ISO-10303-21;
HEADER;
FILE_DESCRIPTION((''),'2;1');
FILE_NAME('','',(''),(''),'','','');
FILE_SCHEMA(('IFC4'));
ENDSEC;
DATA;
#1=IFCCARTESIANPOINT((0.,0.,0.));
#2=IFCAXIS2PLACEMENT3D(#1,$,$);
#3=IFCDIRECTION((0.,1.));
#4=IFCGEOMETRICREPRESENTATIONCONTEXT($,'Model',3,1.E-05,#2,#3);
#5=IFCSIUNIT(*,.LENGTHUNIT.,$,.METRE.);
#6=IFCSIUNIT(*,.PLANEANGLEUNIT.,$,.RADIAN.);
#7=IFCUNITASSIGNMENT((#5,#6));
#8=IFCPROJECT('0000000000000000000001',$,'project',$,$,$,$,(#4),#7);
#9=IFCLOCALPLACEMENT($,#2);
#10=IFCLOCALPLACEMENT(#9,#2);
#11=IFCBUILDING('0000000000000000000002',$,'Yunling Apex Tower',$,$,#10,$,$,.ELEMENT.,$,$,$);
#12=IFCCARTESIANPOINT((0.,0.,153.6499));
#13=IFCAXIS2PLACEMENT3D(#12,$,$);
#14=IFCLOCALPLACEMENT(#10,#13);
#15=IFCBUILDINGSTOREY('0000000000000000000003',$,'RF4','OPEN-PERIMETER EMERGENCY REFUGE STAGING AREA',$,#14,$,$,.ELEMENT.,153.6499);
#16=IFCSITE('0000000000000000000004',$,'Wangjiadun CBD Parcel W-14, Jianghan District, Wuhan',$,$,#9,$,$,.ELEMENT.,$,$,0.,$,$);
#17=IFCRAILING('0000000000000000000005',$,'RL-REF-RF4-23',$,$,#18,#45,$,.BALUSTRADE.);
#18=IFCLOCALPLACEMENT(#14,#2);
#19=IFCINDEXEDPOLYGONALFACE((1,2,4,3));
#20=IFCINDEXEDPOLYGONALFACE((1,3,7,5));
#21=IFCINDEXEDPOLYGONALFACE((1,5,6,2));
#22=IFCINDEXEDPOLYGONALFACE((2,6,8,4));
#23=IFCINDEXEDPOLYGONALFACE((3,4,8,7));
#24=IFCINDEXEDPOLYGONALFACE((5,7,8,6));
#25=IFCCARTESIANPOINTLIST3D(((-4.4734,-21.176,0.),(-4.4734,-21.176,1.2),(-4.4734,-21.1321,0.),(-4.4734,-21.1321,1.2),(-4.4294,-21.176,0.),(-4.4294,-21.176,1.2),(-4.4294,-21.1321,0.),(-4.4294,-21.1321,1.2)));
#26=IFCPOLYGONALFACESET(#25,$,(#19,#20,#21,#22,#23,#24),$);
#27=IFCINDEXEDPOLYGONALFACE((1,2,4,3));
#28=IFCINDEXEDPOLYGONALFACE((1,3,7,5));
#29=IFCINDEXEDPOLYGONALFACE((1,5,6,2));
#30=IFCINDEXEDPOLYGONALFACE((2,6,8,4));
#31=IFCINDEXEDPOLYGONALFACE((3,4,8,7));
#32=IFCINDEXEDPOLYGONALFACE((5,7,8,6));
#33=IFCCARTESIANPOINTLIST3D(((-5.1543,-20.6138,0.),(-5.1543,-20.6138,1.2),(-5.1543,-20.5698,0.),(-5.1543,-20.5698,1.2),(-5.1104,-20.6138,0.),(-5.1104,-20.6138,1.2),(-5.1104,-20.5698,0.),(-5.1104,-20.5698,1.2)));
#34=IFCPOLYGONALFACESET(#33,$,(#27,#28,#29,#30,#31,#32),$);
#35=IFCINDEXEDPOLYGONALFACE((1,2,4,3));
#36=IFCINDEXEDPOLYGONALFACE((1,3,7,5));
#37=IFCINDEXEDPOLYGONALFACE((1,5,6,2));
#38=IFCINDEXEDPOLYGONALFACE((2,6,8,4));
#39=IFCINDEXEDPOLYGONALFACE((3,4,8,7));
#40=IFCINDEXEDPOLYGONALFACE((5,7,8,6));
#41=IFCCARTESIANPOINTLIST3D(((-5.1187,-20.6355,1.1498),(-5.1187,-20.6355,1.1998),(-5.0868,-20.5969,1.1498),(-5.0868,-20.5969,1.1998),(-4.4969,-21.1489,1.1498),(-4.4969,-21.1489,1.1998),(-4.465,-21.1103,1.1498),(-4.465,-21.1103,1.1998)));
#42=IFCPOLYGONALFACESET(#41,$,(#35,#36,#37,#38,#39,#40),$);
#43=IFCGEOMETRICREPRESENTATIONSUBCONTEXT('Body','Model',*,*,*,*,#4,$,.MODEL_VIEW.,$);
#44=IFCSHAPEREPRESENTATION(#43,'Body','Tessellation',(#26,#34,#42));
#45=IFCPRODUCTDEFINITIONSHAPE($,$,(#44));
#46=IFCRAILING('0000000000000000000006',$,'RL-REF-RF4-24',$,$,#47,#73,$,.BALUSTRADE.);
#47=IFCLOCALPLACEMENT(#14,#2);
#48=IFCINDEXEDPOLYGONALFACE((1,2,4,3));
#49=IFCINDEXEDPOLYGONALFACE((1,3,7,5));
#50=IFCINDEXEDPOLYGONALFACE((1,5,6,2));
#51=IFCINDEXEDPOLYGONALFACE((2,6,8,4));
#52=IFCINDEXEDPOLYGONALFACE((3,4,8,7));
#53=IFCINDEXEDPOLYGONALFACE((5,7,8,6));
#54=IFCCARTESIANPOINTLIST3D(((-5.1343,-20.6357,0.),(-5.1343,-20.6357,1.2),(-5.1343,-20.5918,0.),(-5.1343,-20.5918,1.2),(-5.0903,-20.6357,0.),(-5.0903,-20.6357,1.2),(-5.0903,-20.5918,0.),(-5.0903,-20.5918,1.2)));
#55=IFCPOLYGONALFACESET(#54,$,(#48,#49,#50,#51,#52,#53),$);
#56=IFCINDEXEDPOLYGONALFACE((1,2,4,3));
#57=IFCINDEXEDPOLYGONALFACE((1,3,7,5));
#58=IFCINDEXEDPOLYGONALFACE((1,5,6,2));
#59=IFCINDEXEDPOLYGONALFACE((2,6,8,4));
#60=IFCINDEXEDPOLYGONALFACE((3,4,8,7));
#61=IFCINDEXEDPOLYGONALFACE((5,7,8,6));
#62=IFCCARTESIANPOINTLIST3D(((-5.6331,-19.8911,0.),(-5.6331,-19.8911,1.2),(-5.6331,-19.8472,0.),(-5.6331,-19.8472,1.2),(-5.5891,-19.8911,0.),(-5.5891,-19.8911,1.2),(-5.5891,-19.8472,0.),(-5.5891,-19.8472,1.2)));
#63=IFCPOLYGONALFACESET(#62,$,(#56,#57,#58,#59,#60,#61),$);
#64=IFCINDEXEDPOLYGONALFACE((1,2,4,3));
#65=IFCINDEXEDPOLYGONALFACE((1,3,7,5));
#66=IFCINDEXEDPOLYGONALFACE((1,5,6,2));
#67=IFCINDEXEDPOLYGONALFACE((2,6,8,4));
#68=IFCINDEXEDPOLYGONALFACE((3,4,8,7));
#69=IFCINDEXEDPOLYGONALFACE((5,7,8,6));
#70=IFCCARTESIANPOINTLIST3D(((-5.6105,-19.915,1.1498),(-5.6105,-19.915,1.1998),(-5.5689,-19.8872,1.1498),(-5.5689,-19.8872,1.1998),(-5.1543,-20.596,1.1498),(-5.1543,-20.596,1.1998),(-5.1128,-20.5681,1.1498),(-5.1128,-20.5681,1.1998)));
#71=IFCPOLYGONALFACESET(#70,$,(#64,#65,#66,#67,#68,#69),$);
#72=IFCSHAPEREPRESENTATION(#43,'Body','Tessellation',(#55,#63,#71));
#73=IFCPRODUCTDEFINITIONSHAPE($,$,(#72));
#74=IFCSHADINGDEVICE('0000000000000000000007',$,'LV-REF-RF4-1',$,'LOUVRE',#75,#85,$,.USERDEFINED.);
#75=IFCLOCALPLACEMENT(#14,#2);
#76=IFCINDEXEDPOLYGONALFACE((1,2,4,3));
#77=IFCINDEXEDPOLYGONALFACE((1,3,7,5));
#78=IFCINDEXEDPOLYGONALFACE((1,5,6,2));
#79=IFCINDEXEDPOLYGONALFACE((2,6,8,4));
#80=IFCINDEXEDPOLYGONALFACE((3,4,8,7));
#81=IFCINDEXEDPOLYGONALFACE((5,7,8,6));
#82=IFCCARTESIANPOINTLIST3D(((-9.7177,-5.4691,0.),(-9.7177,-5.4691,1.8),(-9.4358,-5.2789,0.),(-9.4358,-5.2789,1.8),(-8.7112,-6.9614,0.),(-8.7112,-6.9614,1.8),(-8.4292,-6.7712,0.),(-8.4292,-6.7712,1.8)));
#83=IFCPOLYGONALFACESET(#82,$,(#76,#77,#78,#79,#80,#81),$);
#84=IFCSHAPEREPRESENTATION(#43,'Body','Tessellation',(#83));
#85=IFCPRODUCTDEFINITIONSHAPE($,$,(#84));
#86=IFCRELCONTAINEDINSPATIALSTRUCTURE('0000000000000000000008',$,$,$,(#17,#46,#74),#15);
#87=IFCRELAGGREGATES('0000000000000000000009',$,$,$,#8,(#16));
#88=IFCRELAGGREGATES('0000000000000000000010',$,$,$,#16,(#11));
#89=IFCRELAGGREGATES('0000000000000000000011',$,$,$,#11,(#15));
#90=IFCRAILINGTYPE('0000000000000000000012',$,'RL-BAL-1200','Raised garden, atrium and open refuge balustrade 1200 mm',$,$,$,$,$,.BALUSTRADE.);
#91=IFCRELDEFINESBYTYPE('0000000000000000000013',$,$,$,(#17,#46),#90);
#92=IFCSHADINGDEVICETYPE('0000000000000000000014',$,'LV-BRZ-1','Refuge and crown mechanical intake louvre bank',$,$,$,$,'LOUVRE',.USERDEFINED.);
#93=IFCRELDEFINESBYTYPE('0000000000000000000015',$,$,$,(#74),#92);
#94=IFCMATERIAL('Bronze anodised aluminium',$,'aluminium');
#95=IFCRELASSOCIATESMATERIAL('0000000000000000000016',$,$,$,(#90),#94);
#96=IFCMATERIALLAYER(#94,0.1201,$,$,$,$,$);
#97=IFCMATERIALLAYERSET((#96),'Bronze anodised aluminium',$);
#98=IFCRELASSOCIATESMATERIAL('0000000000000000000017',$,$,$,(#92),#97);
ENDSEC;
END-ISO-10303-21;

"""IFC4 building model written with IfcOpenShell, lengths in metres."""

from ifc_helpers import new_model, si_unit, direction, frame, origin, origin_2d, place, context, subcontext, project, spatial, rectangle, extrude, source, transform, mapped, material, layer, layer_set, type_object, element, save


model = new_model("IFC4")

# Units and contexts
model_context = context("Model", 3, precision=1e-05, world=origin(), true_north=direction((0.0, 1.0)))
body_context = subcontext(model_context, "Body", "Model", "MODEL_VIEW")
ifc_project = project(units=[si_unit("LENGTHUNIT", "METRE"), si_unit("PLANEANGLEUNIT", "RADIAN")], contexts=[model_context])

# Site, building, storey
site_placement = place(None, origin())
site = spatial("IfcSite", under=ifc_project, at=site_placement, Name="Wangjiadun CBD Parcel W-14, Jianghan District, Wuhan", CompositionType="ELEMENT", RefElevation=0.0)
building_placement = place(site_placement, origin())
building = spatial("IfcBuilding", under=site, at=building_placement, Name="Yunling Apex Tower", CompositionType="ELEMENT")
storey_placement = place(building_placement, frame((0.0, 0.0, 153.6499)))
storey = spatial("IfcBuildingStorey", under=building, at=storey_placement, Name="RF4", Description="OPEN-PERIMETER EMERGENCY REFUGE STAGING AREA", CompositionType="ELEMENT", Elevation=153.6499)

# Railings
ifc_material_1 = material(Name="Bronze anodised aluminium", Category="aluminium")
railing_type = type_object("IfcRailingType", Name="RL-BAL-1200", Description="Raised garden, atrium and open refuge balustrade 1200 mm", PredefinedType="BALUSTRADE", material=ifc_material_1)
railing_1_placement = place(storey_placement, frame((-4.4514, -21.1541, 0.0)))
element("IfcRailing", 1, at=railing_1_placement, inside=storey, type_object=railing_type, Name="RL-REF-RF4-23", PredefinedType="BALUSTRADE", context=body_context, shape_type="SweptSolid", body=[
    extrude(rectangle(XDim=0.0439, YDim=0.0439, at=origin_2d()), origin(), (0.0, 0.0, 1.0), 1.2),
    extrude(rectangle(XDim=0.0439, YDim=0.0439, at=origin_2d()), frame((-0.6809, 0.5623, 0.0)), (0.0, 0.0, 1.0), 1.2),
    extrude(rectangle(XDim=0.05, YDim=0.05, at=origin_2d()), frame((-0.0295, 0.0244, 1.1748), z_axis=(-0.771092, 0.636724, 0.0), x_axis=(-0.636724, -0.771092, 0.0)), (0.0, 0.0, 1.0), 0.8064),
])
railing_2_placement = place(storey_placement, frame((-5.1123, -20.6138, 0.0)))
element("IfcRailing", 2, at=railing_2_placement, inside=storey, type_object=railing_type, Name="RL-REF-RF4-24", PredefinedType="BALUSTRADE", context=body_context, shape_type="SweptSolid", body=[
    extrude(rectangle(XDim=0.0439, YDim=0.0439, at=origin_2d()), origin(), (0.0, 0.0, 1.0), 1.2),
    extrude(rectangle(XDim=0.0439, YDim=0.0439, at=origin_2d()), frame((-0.4988, 0.7446, 0.0)), (0.0, 0.0, 1.0), 1.2),
    extrude(rectangle(XDim=0.05, YDim=0.05, at=origin_2d()), frame((-0.0212, 0.0317, 1.1748), z_axis=(-0.556522, 0.830833, 0.0), x_axis=(-0.830833, -0.556522, 0.0)), (0.0, 0.0, 1.0), 0.8196),
])

# Shading device
ifc_layer_1 = layer(ifc_material_1, 0.1201)
ifc_layer_set_1 = layer_set([ifc_layer_1], Name="Bronze anodised aluminium")
shading_device_type = type_object("IfcShadingDeviceType", Name="LV-BRZ-1", Description="Refuge and crown mechanical intake louvre bank", ElementType="LOUVRE", PredefinedType="USERDEFINED", material=ifc_layer_set_1)
shared_shape_1 = source(origin(), body_context, "Body", "SweptSolid", [
    extrude(rectangle(XDim=1.8, YDim=0.3401, at=origin_2d()), origin(), (0.0, 0.0, 1.0), 1.8),
])
shading_device_placement = place(storey_placement, frame((-9.0735, -6.1201, 0.0), z_axis=(0.0, 0.0, 1.0), x_axis=(-0.559193, 0.829038, 0.0)))
element("IfcShadingDevice", 3, at=shading_device_placement, inside=storey, type_object=shading_device_type, Name="LV-REF-RF4-1", ObjectType="LOUVRE", PredefinedType="USERDEFINED", context=body_context, shape_type="MappedRepresentation", body=[
    mapped(shared_shape_1, transform((0.0, 0.0, 0.0), scale=1.0)),
])

save(model, "model.ifc")
